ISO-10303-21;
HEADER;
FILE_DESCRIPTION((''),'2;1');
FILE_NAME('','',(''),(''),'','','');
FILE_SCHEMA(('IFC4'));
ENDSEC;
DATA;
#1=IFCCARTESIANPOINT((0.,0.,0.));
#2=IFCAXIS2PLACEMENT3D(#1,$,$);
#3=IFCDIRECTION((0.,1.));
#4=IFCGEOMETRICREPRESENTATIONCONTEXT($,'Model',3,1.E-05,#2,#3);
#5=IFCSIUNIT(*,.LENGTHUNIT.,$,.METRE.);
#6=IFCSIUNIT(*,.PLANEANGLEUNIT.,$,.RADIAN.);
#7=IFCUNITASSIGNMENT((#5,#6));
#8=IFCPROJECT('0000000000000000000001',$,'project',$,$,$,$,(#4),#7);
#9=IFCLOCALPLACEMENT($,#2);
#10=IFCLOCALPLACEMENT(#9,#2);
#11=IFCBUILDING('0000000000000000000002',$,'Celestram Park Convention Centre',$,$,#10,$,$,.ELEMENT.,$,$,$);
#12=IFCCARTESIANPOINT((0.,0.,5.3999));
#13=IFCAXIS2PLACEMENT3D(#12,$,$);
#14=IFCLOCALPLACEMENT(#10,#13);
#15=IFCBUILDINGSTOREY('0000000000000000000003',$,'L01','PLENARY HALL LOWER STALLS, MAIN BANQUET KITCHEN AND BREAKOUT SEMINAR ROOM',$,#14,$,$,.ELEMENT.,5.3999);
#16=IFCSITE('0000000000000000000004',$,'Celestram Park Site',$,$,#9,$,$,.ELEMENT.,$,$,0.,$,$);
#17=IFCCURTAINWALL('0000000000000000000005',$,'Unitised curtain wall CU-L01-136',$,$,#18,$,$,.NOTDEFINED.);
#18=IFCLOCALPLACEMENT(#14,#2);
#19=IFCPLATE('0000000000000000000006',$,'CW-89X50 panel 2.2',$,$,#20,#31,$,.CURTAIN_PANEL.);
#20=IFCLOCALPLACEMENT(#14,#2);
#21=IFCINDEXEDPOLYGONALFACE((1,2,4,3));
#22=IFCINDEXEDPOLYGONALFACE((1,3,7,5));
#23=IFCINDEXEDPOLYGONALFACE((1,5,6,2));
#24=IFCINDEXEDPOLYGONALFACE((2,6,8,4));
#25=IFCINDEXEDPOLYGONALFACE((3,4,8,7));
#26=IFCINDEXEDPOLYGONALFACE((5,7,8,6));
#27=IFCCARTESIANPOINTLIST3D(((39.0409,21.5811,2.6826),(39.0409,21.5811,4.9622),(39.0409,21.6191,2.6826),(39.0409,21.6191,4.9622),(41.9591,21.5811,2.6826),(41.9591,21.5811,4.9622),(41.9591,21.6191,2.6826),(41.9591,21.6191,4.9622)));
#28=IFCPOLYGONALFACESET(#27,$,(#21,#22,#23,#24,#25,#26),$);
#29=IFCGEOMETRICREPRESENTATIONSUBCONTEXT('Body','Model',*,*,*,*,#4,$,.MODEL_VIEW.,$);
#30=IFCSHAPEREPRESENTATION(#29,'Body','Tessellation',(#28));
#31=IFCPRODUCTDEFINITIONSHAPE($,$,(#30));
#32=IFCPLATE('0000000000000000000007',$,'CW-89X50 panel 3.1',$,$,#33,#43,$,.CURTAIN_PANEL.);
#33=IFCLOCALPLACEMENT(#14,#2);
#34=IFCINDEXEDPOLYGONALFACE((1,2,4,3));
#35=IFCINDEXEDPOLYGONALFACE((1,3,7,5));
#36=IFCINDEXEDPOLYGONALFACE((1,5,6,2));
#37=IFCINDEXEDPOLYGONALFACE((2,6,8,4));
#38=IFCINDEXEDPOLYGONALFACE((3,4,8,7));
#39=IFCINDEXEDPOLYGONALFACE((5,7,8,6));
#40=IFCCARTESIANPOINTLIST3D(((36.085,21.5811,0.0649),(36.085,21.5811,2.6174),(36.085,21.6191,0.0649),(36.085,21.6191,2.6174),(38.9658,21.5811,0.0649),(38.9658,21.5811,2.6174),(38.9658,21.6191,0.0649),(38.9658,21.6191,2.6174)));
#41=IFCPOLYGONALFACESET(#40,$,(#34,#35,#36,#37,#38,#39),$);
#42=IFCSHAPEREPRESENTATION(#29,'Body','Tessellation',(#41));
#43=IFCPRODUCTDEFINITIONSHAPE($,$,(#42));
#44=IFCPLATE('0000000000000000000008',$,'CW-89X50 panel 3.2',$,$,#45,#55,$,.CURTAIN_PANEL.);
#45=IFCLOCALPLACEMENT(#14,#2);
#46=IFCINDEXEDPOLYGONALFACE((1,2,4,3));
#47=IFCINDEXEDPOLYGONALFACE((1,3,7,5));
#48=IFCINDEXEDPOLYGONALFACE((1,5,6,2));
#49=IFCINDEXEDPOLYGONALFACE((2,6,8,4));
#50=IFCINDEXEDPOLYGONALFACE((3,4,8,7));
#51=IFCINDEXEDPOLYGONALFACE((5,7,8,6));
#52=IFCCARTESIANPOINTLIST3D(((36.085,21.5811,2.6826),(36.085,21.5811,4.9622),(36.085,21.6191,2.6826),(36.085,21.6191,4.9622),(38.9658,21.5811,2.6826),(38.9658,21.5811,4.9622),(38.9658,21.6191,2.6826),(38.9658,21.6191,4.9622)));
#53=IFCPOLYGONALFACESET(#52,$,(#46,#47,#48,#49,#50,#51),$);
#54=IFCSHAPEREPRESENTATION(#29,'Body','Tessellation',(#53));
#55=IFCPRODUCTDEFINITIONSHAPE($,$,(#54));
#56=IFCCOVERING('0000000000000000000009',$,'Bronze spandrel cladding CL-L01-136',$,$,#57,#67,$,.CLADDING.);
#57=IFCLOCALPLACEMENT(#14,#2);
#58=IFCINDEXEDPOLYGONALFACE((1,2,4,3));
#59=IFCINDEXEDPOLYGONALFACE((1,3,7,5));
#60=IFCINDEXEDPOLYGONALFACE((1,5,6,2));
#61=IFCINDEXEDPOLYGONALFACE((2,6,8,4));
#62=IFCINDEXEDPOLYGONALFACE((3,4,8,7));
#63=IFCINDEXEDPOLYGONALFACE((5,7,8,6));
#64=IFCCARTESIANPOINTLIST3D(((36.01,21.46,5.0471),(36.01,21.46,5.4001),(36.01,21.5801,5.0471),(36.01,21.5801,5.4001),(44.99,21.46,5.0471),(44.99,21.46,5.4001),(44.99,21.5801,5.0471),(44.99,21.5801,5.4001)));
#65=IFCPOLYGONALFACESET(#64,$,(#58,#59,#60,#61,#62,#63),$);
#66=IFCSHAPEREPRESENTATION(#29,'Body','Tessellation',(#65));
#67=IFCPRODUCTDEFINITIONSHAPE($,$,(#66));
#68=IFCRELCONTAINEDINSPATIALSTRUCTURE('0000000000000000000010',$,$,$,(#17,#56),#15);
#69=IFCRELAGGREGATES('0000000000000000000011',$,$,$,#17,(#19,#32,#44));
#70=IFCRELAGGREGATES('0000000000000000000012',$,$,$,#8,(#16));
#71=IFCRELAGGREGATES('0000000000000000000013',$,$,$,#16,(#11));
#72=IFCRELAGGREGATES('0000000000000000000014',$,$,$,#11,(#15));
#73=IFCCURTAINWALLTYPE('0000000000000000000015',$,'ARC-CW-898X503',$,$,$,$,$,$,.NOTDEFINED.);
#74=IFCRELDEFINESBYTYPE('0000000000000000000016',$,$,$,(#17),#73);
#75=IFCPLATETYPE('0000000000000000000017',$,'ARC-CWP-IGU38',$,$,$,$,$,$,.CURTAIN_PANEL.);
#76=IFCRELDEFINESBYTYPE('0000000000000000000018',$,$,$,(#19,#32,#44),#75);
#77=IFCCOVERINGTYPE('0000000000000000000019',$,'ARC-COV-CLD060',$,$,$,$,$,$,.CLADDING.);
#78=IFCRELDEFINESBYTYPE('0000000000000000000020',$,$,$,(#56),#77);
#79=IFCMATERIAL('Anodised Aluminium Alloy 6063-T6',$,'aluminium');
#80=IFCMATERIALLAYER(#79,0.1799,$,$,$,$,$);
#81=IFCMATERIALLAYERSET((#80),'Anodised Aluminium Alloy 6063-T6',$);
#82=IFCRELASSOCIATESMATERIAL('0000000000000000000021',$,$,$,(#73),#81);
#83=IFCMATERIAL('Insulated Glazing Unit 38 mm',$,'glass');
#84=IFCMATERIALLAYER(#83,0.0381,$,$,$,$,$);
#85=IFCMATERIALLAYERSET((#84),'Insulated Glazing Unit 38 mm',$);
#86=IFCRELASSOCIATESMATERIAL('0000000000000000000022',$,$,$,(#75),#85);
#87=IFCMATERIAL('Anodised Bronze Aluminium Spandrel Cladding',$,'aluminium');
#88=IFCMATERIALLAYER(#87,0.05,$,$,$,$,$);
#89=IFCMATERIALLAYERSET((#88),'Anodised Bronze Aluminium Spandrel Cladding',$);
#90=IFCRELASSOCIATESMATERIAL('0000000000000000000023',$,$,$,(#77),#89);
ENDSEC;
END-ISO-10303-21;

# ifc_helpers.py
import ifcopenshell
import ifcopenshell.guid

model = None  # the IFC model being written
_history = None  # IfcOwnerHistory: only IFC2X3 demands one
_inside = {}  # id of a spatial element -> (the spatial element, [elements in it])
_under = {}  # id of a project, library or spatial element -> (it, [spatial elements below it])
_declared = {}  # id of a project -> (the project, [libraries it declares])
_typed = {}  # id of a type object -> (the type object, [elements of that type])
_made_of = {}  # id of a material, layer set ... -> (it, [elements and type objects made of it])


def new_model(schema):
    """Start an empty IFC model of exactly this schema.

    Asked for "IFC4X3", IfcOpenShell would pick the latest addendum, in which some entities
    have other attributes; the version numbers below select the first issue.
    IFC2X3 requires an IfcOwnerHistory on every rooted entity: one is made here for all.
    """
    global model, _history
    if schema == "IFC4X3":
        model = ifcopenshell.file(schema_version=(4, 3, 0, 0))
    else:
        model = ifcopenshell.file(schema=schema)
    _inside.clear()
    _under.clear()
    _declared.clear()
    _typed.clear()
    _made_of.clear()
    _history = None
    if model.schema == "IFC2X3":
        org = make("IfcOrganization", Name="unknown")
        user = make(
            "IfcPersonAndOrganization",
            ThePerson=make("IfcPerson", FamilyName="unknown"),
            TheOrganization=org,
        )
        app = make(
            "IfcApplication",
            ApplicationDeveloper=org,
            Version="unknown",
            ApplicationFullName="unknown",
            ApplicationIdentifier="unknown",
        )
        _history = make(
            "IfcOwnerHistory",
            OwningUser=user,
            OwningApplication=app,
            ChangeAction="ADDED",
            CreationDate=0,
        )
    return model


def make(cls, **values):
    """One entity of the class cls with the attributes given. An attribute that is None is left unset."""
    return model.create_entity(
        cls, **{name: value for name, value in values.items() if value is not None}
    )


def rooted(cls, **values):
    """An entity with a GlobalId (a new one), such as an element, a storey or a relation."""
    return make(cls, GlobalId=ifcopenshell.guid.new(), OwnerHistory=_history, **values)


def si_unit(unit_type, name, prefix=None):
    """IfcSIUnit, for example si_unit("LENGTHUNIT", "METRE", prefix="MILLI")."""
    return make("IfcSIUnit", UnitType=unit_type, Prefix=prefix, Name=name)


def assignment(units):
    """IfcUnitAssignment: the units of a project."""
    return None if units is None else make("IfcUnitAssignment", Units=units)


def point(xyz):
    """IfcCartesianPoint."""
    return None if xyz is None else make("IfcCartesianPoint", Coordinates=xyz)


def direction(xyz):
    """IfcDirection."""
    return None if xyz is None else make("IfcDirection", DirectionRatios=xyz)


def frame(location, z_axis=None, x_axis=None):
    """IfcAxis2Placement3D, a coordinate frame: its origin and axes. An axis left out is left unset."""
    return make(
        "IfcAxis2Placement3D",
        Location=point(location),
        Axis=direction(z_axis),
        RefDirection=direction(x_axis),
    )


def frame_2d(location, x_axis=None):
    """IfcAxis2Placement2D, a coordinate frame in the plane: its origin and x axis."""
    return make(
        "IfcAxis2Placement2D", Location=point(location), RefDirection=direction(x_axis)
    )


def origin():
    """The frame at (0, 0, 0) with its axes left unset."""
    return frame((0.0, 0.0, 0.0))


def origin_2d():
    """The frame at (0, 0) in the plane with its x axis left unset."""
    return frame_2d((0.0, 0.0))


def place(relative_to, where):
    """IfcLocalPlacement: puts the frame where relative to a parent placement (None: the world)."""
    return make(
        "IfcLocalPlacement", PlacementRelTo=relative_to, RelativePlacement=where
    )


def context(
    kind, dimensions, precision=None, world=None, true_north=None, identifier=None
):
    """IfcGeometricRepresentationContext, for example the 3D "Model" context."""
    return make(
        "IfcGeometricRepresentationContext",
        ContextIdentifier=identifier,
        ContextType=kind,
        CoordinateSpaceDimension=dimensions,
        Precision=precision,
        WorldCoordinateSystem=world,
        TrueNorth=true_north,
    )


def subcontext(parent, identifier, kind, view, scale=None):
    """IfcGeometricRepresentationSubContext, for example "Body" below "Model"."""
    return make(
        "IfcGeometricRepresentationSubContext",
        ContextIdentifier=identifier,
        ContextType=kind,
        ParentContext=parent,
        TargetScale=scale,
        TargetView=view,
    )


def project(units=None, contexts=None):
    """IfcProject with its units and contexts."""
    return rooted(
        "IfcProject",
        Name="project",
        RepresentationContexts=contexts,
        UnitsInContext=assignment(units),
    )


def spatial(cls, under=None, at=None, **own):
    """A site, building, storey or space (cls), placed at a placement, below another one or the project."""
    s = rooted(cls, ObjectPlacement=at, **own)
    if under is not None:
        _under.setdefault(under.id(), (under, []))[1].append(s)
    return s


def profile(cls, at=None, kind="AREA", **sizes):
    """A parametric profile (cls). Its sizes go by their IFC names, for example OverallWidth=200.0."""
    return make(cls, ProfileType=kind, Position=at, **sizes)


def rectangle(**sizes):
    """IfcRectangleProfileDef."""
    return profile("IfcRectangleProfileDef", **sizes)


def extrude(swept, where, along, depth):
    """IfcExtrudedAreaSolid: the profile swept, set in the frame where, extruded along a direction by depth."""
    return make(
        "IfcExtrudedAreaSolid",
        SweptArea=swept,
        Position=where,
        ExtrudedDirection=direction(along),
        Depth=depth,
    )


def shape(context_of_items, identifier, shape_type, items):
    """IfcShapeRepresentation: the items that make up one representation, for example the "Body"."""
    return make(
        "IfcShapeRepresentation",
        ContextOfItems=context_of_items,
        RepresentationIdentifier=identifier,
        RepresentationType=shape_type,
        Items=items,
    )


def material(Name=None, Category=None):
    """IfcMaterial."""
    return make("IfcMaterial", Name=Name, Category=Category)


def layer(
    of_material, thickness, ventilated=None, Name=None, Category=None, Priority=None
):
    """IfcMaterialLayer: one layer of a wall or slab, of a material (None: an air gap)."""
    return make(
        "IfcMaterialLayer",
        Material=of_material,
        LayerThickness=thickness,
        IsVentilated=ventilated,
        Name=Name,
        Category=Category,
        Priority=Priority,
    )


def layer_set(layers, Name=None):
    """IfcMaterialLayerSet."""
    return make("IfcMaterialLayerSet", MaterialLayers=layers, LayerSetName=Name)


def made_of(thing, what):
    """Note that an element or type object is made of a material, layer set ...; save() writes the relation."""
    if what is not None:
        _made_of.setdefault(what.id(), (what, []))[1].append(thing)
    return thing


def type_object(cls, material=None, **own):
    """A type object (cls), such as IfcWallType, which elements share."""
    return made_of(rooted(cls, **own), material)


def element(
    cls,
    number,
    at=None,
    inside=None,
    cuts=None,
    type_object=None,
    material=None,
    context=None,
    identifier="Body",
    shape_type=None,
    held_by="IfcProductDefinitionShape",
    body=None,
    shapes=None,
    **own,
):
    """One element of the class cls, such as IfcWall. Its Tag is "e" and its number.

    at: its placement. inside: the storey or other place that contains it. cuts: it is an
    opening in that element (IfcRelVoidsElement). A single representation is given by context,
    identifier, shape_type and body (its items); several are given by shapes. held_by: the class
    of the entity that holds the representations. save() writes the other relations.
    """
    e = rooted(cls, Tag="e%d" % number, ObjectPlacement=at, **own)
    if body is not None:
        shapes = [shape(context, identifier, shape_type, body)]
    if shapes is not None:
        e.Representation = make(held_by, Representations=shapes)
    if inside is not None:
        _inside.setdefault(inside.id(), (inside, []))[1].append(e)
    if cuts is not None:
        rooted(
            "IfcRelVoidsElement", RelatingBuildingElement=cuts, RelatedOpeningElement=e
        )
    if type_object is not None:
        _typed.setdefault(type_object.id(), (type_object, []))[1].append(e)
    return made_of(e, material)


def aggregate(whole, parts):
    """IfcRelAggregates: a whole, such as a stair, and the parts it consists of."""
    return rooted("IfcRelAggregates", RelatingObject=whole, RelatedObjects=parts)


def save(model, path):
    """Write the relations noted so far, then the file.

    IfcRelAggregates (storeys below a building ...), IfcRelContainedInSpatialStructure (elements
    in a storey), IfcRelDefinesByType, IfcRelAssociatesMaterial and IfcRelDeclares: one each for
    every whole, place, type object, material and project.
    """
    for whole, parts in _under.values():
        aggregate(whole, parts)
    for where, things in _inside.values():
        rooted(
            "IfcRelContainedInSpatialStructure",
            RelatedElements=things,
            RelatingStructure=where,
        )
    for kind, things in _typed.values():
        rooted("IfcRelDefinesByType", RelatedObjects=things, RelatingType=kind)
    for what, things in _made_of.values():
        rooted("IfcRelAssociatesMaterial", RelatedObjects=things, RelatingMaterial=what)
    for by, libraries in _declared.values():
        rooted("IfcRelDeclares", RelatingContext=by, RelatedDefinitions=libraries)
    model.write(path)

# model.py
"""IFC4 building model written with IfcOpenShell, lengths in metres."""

from ifc_helpers import new_model, si_unit, direction, frame, origin, origin_2d, place, context, subcontext, project, spatial, rectangle, extrude, material, layer, layer_set, type_object, element, aggregate, save


model = new_model("IFC4")

# Units and contexts
model_context = context("Model", 3, precision=1e-05, world=origin(), true_north=direction((0.0, 1.0)))
body_context = subcontext(model_context, "Body", "Model", "MODEL_VIEW")
ifc_project = project(units=[si_unit("LENGTHUNIT", "METRE"), si_unit("PLANEANGLEUNIT", "RADIAN")], contexts=[model_context])

# Site, building, storey
site_placement = place(None, origin())
site = spatial("IfcSite", under=ifc_project, at=site_placement, Name="Celestram Park Site", CompositionType="ELEMENT", RefElevation=0.0)
building_placement = place(site_placement, origin())
building = spatial("IfcBuilding", under=site, at=building_placement, Name="Celestram Park Convention Centre", CompositionType="ELEMENT")
storey_placement = place(building_placement, frame((0.0, 0.0, 5.3999)))
storey = spatial("IfcBuildingStorey", under=building, at=storey_placement, Name="L01", Description="PLENARY HALL LOWER STALLS, MAIN BANQUET KITCHEN AND BREAKOUT SEMINAR ROOM", CompositionType="ELEMENT", Elevation=5.3999)

# Shared definitions
ifc_material_1 = material(Name="Anodised Aluminium Alloy 6063-T6", Category="aluminium")
ifc_layer_1 = layer(ifc_material_1, 0.1799)
ifc_layer_set_1 = layer_set([ifc_layer_1], Name="Anodised Aluminium Alloy 6063-T6")
curtain_wall_type = type_object("IfcCurtainWallType", Name="ARC-CW-898X503", PredefinedType="NOTDEFINED", material=ifc_layer_set_1)

# Curtain wall
curtain_wall_1_placement = place(storey_placement, origin())
curtain_wall_1 = element("IfcCurtainWall", 1, at=curtain_wall_1_placement, inside=storey, type_object=curtain_wall_type, Name="Unitised curtain wall CU-L01-136", PredefinedType="NOTDEFINED")

# Plates
ifc_material_2 = material(Name="Insulated Glazing Unit 38 mm", Category="glass")
ifc_layer_2 = layer(ifc_material_2, 0.0381)
ifc_layer_set_2 = layer_set([ifc_layer_2], Name="Insulated Glazing Unit 38 mm")
plate_type = type_object("IfcPlateType", Name="ARC-CWP-IGU38", PredefinedType="CURTAIN_PANEL", material=ifc_layer_set_2)
plate_1_placement = place(storey_placement, frame((40.5, 21.6001, 2.6826), z_axis=(0.0, 0.0, 1.0), x_axis=(-1.0, 0.0, 0.0)))
plate_1 = element("IfcPlate", 2, at=plate_1_placement, type_object=plate_type, Name="CW-89X50 panel 2.2", PredefinedType="CURTAIN_PANEL", context=body_context, shape_type="SweptSolid", body=[
    extrude(rectangle(XDim=2.9182, YDim=0.0381, at=origin_2d()), origin(), (0.0, 0.0, 1.0), 2.2795),
])
plate_2_placement = place(storey_placement, frame((37.5254, 21.6001, 0.0649), z_axis=(0.0, 0.0, 1.0), x_axis=(-1.0, 0.0, 0.0)))
plate_2 = element("IfcPlate", 3, at=plate_2_placement, type_object=plate_type, Name="CW-89X50 panel 3.1", PredefinedType="CURTAIN_PANEL", context=body_context, shape_type="SweptSolid", body=[
    extrude(rectangle(XDim=2.8809, YDim=0.0381, at=origin_2d()), origin(), (0.0, 0.0, 1.0), 2.5525),
])
plate_3_placement = place(storey_placement, frame((37.5254, 21.6001, 2.6826), z_axis=(0.0, 0.0, 1.0), x_axis=(-1.0, 0.0, 0.0)))
plate_3 = element("IfcPlate", 4, at=plate_3_placement, type_object=plate_type, Name="CW-89X50 panel 3.2", PredefinedType="CURTAIN_PANEL", context=body_context, shape_type="SweptSolid", body=[
    extrude(rectangle(XDim=2.8809, YDim=0.0381, at=origin_2d()), origin(), (0.0, 0.0, 1.0), 2.2795),
])
aggregate(curtain_wall_1, [plate_1, plate_2, plate_3])

# Covering
ifc_material_3 = material(Name="Anodised Bronze Aluminium Spandrel Cladding", Category="aluminium")
ifc_layer_3 = layer(ifc_material_3, 0.05)
ifc_layer_set_3 = layer_set([ifc_layer_3], Name="Anodised Bronze Aluminium Spandrel Cladding")
covering_type = type_object("IfcCoveringType", Name="ARC-COV-CLD060", PredefinedType="CLADDING", material=ifc_layer_set_3)
covering_placement = place(storey_placement, frame((40.5, 21.52, 5.0471), z_axis=(0.0, 0.0, 1.0), x_axis=(-1.0, 0.0, 0.0)))
element("IfcCovering", 5, at=covering_placement, inside=storey, type_object=covering_type, Name="Bronze spandrel cladding CL-L01-136", PredefinedType="CLADDING", context=body_context, shape_type="SweptSolid", body=[
    extrude(rectangle(XDim=8.98, YDim=0.1201, at=origin_2d()), origin(), (0.0, 0.0, 1.0), 0.353),
])

save(model, "model.ifc")
